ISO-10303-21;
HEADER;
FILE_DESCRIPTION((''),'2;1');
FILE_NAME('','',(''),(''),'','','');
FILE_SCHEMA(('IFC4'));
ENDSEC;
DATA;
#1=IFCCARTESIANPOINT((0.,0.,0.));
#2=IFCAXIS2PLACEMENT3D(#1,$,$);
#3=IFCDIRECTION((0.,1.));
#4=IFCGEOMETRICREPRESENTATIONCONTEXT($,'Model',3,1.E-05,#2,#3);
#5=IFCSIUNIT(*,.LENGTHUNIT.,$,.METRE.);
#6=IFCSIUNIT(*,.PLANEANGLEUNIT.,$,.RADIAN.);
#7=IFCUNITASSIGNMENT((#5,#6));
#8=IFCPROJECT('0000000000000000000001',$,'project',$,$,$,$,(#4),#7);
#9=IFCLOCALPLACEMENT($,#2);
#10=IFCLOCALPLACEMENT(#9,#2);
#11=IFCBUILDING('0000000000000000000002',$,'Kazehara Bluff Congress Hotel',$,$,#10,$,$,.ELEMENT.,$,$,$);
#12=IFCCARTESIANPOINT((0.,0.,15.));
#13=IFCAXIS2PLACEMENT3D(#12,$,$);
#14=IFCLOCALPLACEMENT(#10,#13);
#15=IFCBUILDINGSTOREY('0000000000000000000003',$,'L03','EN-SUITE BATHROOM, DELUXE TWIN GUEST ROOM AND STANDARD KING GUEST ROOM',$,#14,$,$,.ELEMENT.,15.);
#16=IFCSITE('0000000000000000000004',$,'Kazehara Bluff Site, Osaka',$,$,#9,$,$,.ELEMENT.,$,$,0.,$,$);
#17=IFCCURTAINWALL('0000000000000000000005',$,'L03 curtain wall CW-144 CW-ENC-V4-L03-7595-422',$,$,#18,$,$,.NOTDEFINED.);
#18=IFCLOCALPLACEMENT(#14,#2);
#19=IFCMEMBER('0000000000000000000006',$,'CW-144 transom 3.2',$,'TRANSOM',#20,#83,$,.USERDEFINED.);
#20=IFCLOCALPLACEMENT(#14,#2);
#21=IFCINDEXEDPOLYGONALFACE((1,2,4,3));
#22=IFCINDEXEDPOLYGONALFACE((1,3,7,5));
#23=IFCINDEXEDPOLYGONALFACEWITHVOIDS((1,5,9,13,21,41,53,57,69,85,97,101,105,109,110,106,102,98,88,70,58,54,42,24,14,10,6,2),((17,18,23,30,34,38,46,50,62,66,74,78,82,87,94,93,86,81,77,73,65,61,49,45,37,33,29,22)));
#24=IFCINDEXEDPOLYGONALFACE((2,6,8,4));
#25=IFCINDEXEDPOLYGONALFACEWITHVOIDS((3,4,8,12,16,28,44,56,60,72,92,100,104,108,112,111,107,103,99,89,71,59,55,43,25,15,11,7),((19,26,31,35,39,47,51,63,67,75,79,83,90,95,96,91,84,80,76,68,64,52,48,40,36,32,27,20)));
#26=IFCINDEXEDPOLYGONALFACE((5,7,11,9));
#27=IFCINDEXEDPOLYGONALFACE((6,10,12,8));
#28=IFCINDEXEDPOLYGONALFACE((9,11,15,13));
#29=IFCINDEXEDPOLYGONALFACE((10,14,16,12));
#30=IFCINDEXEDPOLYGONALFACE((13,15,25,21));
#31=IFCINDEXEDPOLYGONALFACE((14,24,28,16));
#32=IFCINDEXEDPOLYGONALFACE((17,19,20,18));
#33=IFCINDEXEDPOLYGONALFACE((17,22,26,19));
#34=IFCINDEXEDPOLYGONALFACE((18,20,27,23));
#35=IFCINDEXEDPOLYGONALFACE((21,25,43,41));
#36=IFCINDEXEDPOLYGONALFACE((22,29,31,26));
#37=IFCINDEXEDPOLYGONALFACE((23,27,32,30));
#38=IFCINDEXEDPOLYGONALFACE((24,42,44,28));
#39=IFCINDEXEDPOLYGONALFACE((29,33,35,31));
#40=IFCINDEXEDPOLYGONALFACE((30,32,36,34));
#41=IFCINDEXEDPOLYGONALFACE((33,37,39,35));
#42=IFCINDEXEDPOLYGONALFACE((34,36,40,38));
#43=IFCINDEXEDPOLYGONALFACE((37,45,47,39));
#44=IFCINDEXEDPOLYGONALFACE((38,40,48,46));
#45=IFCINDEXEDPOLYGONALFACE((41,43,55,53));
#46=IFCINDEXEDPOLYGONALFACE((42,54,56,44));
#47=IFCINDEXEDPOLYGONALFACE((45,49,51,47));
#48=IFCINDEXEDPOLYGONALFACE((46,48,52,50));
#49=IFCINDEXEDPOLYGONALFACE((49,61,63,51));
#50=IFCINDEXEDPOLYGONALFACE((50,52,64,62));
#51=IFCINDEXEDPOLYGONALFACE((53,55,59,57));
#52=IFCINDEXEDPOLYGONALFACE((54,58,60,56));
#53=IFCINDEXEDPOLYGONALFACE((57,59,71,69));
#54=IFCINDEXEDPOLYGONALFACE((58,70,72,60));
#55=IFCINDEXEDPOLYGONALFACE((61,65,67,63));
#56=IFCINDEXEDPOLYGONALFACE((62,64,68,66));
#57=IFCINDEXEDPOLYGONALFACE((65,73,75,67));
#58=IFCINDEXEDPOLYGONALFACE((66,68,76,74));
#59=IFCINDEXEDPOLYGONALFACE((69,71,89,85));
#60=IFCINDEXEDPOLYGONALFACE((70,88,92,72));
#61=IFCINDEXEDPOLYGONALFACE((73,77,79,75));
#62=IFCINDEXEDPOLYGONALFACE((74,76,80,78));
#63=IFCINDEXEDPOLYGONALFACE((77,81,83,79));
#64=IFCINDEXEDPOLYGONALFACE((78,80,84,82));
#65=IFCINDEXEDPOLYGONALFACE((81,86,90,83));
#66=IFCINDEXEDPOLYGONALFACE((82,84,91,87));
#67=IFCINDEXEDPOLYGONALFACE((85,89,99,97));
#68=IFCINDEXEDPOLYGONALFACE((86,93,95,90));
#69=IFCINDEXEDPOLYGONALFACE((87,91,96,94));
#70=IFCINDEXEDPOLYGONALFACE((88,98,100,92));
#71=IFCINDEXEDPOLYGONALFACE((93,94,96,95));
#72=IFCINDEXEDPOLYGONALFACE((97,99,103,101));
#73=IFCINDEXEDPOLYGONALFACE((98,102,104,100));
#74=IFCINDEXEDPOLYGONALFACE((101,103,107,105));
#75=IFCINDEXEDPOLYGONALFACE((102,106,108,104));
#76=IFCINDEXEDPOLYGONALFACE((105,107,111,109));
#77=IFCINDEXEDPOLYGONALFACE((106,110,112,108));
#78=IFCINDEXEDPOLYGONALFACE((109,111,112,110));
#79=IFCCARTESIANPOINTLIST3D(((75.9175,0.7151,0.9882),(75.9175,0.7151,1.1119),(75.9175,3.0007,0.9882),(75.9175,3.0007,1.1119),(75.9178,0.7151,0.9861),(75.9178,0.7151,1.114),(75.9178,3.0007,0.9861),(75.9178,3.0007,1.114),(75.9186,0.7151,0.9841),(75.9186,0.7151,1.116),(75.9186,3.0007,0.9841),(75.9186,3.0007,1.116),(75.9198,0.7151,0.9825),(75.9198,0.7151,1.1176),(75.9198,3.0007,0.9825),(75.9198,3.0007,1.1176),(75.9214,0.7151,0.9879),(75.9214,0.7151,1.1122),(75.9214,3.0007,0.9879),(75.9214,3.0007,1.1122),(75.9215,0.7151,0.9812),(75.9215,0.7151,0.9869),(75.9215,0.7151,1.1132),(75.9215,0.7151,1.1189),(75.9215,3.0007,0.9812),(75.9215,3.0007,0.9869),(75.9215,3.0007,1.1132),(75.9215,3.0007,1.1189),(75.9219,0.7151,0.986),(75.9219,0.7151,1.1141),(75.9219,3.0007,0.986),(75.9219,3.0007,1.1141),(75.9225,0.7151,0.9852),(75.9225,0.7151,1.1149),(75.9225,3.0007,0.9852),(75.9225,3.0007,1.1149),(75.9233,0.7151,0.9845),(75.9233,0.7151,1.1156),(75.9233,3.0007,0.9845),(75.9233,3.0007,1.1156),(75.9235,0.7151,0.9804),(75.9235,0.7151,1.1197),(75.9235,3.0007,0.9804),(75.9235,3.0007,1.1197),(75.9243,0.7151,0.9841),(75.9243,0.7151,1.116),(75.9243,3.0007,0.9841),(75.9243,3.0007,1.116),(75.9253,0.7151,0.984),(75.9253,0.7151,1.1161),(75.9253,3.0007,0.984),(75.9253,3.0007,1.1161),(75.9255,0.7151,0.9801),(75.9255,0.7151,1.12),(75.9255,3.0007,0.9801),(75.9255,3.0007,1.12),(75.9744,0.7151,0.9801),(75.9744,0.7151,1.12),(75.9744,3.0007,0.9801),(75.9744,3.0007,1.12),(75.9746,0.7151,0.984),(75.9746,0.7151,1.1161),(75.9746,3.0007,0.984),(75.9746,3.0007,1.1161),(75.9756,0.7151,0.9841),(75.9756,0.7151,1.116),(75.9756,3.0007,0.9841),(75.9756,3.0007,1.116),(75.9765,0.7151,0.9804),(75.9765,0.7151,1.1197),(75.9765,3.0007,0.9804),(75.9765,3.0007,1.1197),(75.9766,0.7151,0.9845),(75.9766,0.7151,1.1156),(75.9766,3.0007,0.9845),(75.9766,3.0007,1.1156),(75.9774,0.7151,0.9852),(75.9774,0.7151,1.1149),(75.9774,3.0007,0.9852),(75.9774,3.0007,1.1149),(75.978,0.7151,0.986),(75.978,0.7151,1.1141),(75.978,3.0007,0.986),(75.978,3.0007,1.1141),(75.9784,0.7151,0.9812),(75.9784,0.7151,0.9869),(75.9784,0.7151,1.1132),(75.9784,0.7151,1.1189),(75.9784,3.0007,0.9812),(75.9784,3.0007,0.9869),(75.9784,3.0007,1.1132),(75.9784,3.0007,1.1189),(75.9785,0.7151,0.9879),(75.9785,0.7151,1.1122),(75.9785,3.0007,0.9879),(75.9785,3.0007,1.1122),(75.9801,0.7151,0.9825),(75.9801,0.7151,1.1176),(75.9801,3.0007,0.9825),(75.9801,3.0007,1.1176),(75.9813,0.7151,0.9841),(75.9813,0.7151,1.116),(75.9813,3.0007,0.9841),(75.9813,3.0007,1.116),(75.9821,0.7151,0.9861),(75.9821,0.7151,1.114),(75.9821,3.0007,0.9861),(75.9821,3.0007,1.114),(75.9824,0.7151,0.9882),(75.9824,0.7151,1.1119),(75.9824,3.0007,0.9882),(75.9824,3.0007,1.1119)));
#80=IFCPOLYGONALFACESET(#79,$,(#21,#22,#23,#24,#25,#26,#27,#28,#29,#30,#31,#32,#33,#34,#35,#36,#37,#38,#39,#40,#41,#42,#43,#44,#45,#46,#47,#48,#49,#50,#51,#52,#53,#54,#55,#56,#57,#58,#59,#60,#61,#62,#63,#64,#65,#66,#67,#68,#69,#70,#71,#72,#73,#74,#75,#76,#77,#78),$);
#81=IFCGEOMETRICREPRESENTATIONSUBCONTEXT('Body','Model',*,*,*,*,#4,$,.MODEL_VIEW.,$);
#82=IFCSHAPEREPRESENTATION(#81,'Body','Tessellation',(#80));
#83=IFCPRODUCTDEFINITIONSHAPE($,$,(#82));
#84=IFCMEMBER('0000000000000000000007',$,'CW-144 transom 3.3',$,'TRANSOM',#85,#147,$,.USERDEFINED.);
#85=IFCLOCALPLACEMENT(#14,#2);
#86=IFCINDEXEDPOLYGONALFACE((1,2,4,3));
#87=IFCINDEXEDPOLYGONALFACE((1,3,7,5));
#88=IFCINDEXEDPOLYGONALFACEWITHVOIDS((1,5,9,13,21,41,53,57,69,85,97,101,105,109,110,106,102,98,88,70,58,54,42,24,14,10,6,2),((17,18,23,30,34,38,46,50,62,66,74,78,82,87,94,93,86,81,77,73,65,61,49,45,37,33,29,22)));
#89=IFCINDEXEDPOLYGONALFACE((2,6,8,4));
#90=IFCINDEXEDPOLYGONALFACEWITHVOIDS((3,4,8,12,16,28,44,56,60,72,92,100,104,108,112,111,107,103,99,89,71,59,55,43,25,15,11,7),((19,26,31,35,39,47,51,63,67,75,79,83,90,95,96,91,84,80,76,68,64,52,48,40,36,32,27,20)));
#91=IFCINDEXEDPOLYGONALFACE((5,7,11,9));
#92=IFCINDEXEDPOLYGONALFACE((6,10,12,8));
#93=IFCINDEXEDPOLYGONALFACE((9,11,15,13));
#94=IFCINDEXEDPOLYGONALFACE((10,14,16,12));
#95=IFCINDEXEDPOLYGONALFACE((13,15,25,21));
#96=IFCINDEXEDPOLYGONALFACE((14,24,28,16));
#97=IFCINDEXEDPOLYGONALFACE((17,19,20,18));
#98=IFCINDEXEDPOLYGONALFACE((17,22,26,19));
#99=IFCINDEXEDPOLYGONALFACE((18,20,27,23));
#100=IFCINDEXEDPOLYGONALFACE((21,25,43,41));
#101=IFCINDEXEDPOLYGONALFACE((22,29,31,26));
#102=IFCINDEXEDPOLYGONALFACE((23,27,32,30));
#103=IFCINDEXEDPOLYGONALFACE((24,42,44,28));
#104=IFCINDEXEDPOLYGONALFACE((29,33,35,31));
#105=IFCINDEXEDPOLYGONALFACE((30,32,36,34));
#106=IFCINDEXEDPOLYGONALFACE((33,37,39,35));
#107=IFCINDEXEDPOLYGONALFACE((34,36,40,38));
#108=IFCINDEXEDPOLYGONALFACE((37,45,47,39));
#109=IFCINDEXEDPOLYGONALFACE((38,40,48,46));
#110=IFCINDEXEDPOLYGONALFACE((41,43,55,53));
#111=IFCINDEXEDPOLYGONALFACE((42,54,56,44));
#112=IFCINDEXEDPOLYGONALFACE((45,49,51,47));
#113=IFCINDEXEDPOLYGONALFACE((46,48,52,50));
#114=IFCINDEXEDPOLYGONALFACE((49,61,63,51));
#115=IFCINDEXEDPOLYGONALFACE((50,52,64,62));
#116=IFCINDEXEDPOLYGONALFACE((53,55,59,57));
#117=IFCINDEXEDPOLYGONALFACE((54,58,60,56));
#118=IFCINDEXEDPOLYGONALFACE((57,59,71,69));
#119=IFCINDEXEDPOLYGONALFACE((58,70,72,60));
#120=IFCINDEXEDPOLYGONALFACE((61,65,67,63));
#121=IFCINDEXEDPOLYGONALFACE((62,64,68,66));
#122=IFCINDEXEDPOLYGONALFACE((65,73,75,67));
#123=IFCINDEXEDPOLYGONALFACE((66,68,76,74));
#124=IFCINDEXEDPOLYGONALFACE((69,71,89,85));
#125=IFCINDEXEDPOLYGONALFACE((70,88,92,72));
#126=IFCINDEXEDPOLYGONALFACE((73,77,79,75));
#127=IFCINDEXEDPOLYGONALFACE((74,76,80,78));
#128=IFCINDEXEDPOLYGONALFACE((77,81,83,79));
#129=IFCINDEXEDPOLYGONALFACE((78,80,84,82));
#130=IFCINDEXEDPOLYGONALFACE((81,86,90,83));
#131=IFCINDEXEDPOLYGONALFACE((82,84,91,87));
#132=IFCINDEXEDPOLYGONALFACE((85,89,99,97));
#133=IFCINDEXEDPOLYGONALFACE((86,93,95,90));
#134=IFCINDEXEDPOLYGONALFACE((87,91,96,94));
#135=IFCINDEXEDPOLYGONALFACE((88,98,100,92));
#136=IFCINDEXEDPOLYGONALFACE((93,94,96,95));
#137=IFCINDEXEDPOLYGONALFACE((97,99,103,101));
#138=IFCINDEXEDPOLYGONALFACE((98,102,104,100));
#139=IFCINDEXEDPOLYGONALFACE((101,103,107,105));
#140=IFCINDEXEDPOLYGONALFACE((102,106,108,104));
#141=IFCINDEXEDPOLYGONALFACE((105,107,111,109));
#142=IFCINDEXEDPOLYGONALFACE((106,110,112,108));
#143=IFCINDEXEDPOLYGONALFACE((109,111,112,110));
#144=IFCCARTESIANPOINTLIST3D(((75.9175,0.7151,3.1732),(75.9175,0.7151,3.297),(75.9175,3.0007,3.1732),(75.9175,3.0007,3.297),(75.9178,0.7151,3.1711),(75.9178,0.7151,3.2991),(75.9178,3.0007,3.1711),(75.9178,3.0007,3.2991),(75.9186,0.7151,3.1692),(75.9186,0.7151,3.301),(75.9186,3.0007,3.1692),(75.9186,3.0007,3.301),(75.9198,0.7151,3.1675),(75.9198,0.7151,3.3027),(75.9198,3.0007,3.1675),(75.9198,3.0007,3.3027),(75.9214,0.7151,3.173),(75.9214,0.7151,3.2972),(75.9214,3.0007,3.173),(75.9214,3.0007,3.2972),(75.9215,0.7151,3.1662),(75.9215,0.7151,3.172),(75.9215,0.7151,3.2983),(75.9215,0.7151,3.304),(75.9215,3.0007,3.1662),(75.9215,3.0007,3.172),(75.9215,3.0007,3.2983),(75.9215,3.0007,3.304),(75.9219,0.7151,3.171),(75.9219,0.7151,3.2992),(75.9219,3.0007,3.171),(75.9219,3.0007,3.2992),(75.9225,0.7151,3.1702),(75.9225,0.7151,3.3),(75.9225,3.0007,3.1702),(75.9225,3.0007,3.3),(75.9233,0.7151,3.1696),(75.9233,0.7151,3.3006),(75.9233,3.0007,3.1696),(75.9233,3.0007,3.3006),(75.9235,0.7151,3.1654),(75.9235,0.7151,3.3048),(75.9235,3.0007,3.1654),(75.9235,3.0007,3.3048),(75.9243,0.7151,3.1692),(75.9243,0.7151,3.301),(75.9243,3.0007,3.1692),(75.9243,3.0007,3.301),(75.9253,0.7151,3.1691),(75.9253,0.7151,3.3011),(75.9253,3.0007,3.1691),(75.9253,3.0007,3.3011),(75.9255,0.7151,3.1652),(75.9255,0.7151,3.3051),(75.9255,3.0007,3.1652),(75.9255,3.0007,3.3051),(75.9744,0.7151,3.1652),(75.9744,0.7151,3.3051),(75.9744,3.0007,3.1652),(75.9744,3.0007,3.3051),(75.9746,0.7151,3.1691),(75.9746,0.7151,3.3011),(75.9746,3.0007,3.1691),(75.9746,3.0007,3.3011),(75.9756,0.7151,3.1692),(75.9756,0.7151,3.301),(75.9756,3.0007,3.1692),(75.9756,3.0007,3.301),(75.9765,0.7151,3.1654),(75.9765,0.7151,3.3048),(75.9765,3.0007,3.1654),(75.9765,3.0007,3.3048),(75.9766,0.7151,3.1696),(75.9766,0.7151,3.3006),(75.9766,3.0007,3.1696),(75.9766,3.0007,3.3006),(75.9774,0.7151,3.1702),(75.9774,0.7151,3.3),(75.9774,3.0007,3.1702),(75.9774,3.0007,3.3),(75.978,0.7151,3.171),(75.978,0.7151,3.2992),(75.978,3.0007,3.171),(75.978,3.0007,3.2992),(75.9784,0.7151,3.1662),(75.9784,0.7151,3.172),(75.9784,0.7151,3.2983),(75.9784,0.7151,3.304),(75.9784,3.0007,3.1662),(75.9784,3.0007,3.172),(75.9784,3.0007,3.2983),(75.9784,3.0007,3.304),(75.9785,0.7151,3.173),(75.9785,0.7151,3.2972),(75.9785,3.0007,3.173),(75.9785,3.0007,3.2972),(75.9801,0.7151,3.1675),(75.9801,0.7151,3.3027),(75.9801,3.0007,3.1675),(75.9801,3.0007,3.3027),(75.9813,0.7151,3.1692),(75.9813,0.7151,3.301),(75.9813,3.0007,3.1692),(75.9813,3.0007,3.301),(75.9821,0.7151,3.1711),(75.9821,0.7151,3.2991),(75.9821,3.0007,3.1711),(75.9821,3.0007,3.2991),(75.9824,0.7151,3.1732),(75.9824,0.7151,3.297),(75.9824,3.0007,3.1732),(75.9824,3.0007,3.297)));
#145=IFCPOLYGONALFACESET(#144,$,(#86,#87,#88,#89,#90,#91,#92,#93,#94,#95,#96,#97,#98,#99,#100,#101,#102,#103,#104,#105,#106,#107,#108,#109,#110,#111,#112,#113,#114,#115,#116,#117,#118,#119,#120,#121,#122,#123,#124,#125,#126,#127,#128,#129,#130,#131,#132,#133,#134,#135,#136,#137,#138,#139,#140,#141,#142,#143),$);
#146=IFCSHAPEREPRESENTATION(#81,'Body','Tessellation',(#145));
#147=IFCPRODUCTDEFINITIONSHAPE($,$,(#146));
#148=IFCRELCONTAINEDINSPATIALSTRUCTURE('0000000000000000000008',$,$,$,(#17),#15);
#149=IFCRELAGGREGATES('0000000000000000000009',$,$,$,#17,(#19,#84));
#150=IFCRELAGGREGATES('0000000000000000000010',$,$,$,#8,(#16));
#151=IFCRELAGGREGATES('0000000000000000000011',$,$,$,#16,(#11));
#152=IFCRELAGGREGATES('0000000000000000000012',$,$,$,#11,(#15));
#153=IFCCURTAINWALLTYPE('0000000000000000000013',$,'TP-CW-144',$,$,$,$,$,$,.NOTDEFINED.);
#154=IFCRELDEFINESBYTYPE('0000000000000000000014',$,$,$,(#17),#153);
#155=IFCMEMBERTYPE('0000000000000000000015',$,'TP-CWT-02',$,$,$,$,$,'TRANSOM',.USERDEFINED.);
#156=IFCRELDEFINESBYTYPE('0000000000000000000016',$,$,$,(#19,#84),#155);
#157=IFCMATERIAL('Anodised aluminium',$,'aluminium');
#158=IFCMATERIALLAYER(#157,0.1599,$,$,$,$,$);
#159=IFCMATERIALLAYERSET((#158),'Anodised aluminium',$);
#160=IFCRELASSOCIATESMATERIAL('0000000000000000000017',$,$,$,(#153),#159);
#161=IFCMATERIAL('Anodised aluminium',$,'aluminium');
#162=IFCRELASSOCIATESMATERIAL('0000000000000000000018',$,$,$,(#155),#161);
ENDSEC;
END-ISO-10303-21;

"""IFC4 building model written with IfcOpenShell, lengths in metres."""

from ifc_helpers import new_model, si_unit, direction, frame, origin, origin_2d, place, context, subcontext, project, spatial, hollow_rectangle, extrude, material, layer, layer_set, material_profile, profile_set, type_object, element, aggregate, save


model = new_model("IFC4")

# Units and contexts
model_context = context("Model", 3, precision=1e-05, world=origin(), true_north=direction((0.0, 1.0)))
body_context = subcontext(model_context, "Body", "Model", "MODEL_VIEW")
ifc_project = project(units=[si_unit("LENGTHUNIT", "METRE"), si_unit("PLANEANGLEUNIT", "RADIAN")], contexts=[model_context])

# Site, building, storey
site_placement = place(None, origin())
site = spatial("IfcSite", under=ifc_project, at=site_placement, Name="Kazehara Bluff Site, Osaka", CompositionType="ELEMENT", RefElevation=0.0)
building_placement = place(site_placement, origin())
building = spatial("IfcBuilding", under=site, at=building_placement, Name="Kazehara Bluff Congress Hotel", CompositionType="ELEMENT")
storey_placement = place(building_placement, frame((0.0, 0.0, 15.0)))
storey = spatial("IfcBuildingStorey", under=building, at=storey_placement, Name="L03", Description="EN-SUITE BATHROOM, DELUXE TWIN GUEST ROOM AND STANDARD KING GUEST ROOM", CompositionType="ELEMENT", Elevation=15.0)

# Curtain wall
ifc_material_1 = material(Name="Anodised aluminium", Category="aluminium")
ifc_layer_1 = layer(ifc_material_1, 0.1599)
ifc_layer_set_1 = layer_set([ifc_layer_1], Name="Anodised aluminium")
curtain_wall_type_1 = type_object("IfcCurtainWallType", Name="TP-CW-144", PredefinedType="NOTDEFINED", material=ifc_layer_set_1)
curtain_wall_1_placement = place(storey_placement, origin())
curtain_wall_1 = element("IfcCurtainWall", 1, at=curtain_wall_1_placement, inside=storey, type_object=curtain_wall_type_1, Name="L03 curtain wall CW-144 CW-ENC-V4-L03-7595-422", PredefinedType="NOTDEFINED")

# Members
ifc_material_2 = material(Name="Anodised aluminium", Category="aluminium")
ifc_material_profile_1 = material_profile(ifc_material_2, hollow_rectangle(XDim=0.0649, YDim=0.1399, WallThickness=0.0039, InnerFilletRadius=0.0039, OuterFilletRadius=0.0081, at=origin_2d()))
ifc_profile_set_1 = profile_set([ifc_material_profile_1], Name="Anodised aluminium")
member_type_1 = type_object("IfcMemberType", Name="TP-CWT-02", ElementType="TRANSOM", PredefinedType="USERDEFINED", material=ifc_profile_set_1)
member_1_placement = place(storey_placement, frame((75.95, 3.0007, 1.05), z_axis=(0.0, -1.0, 0.0), x_axis=(1.0, 0.0, 0.0)))
member_1 = element("IfcMember", 2, at=member_1_placement, type_object=member_type_1, Name="CW-144 transom 3.2", ObjectType="TRANSOM", PredefinedType="USERDEFINED", context=body_context, shape_type="SweptSolid", body=[
    extrude(hollow_rectangle(XDim=0.0649, YDim=0.1399, WallThickness=0.0039, InnerFilletRadius=0.0039, OuterFilletRadius=0.0081, at=origin_2d()), origin(), (0.0, 0.0, 1.0), 2.2856),
])
member_2_placement = place(storey_placement, frame((75.95, 3.0007, 3.2351), z_axis=(0.0, -1.0, 0.0), x_axis=(1.0, 0.0, 0.0)))
member_2 = element("IfcMember", 3, at=member_2_placement, type_object=member_type_1, Name="CW-144 transom 3.3", ObjectType="TRANSOM", PredefinedType="USERDEFINED", context=body_context, shape_type="SweptSolid", body=[
    extrude(hollow_rectangle(XDim=0.0649, YDim=0.1399, WallThickness=0.0039, InnerFilletRadius=0.0039, OuterFilletRadius=0.0081, at=origin_2d()), origin(), (0.0, 0.0, 1.0), 2.2856),
])

aggregate(curtain_wall_1, [member_1, member_2])

save(model, "model.ifc")
